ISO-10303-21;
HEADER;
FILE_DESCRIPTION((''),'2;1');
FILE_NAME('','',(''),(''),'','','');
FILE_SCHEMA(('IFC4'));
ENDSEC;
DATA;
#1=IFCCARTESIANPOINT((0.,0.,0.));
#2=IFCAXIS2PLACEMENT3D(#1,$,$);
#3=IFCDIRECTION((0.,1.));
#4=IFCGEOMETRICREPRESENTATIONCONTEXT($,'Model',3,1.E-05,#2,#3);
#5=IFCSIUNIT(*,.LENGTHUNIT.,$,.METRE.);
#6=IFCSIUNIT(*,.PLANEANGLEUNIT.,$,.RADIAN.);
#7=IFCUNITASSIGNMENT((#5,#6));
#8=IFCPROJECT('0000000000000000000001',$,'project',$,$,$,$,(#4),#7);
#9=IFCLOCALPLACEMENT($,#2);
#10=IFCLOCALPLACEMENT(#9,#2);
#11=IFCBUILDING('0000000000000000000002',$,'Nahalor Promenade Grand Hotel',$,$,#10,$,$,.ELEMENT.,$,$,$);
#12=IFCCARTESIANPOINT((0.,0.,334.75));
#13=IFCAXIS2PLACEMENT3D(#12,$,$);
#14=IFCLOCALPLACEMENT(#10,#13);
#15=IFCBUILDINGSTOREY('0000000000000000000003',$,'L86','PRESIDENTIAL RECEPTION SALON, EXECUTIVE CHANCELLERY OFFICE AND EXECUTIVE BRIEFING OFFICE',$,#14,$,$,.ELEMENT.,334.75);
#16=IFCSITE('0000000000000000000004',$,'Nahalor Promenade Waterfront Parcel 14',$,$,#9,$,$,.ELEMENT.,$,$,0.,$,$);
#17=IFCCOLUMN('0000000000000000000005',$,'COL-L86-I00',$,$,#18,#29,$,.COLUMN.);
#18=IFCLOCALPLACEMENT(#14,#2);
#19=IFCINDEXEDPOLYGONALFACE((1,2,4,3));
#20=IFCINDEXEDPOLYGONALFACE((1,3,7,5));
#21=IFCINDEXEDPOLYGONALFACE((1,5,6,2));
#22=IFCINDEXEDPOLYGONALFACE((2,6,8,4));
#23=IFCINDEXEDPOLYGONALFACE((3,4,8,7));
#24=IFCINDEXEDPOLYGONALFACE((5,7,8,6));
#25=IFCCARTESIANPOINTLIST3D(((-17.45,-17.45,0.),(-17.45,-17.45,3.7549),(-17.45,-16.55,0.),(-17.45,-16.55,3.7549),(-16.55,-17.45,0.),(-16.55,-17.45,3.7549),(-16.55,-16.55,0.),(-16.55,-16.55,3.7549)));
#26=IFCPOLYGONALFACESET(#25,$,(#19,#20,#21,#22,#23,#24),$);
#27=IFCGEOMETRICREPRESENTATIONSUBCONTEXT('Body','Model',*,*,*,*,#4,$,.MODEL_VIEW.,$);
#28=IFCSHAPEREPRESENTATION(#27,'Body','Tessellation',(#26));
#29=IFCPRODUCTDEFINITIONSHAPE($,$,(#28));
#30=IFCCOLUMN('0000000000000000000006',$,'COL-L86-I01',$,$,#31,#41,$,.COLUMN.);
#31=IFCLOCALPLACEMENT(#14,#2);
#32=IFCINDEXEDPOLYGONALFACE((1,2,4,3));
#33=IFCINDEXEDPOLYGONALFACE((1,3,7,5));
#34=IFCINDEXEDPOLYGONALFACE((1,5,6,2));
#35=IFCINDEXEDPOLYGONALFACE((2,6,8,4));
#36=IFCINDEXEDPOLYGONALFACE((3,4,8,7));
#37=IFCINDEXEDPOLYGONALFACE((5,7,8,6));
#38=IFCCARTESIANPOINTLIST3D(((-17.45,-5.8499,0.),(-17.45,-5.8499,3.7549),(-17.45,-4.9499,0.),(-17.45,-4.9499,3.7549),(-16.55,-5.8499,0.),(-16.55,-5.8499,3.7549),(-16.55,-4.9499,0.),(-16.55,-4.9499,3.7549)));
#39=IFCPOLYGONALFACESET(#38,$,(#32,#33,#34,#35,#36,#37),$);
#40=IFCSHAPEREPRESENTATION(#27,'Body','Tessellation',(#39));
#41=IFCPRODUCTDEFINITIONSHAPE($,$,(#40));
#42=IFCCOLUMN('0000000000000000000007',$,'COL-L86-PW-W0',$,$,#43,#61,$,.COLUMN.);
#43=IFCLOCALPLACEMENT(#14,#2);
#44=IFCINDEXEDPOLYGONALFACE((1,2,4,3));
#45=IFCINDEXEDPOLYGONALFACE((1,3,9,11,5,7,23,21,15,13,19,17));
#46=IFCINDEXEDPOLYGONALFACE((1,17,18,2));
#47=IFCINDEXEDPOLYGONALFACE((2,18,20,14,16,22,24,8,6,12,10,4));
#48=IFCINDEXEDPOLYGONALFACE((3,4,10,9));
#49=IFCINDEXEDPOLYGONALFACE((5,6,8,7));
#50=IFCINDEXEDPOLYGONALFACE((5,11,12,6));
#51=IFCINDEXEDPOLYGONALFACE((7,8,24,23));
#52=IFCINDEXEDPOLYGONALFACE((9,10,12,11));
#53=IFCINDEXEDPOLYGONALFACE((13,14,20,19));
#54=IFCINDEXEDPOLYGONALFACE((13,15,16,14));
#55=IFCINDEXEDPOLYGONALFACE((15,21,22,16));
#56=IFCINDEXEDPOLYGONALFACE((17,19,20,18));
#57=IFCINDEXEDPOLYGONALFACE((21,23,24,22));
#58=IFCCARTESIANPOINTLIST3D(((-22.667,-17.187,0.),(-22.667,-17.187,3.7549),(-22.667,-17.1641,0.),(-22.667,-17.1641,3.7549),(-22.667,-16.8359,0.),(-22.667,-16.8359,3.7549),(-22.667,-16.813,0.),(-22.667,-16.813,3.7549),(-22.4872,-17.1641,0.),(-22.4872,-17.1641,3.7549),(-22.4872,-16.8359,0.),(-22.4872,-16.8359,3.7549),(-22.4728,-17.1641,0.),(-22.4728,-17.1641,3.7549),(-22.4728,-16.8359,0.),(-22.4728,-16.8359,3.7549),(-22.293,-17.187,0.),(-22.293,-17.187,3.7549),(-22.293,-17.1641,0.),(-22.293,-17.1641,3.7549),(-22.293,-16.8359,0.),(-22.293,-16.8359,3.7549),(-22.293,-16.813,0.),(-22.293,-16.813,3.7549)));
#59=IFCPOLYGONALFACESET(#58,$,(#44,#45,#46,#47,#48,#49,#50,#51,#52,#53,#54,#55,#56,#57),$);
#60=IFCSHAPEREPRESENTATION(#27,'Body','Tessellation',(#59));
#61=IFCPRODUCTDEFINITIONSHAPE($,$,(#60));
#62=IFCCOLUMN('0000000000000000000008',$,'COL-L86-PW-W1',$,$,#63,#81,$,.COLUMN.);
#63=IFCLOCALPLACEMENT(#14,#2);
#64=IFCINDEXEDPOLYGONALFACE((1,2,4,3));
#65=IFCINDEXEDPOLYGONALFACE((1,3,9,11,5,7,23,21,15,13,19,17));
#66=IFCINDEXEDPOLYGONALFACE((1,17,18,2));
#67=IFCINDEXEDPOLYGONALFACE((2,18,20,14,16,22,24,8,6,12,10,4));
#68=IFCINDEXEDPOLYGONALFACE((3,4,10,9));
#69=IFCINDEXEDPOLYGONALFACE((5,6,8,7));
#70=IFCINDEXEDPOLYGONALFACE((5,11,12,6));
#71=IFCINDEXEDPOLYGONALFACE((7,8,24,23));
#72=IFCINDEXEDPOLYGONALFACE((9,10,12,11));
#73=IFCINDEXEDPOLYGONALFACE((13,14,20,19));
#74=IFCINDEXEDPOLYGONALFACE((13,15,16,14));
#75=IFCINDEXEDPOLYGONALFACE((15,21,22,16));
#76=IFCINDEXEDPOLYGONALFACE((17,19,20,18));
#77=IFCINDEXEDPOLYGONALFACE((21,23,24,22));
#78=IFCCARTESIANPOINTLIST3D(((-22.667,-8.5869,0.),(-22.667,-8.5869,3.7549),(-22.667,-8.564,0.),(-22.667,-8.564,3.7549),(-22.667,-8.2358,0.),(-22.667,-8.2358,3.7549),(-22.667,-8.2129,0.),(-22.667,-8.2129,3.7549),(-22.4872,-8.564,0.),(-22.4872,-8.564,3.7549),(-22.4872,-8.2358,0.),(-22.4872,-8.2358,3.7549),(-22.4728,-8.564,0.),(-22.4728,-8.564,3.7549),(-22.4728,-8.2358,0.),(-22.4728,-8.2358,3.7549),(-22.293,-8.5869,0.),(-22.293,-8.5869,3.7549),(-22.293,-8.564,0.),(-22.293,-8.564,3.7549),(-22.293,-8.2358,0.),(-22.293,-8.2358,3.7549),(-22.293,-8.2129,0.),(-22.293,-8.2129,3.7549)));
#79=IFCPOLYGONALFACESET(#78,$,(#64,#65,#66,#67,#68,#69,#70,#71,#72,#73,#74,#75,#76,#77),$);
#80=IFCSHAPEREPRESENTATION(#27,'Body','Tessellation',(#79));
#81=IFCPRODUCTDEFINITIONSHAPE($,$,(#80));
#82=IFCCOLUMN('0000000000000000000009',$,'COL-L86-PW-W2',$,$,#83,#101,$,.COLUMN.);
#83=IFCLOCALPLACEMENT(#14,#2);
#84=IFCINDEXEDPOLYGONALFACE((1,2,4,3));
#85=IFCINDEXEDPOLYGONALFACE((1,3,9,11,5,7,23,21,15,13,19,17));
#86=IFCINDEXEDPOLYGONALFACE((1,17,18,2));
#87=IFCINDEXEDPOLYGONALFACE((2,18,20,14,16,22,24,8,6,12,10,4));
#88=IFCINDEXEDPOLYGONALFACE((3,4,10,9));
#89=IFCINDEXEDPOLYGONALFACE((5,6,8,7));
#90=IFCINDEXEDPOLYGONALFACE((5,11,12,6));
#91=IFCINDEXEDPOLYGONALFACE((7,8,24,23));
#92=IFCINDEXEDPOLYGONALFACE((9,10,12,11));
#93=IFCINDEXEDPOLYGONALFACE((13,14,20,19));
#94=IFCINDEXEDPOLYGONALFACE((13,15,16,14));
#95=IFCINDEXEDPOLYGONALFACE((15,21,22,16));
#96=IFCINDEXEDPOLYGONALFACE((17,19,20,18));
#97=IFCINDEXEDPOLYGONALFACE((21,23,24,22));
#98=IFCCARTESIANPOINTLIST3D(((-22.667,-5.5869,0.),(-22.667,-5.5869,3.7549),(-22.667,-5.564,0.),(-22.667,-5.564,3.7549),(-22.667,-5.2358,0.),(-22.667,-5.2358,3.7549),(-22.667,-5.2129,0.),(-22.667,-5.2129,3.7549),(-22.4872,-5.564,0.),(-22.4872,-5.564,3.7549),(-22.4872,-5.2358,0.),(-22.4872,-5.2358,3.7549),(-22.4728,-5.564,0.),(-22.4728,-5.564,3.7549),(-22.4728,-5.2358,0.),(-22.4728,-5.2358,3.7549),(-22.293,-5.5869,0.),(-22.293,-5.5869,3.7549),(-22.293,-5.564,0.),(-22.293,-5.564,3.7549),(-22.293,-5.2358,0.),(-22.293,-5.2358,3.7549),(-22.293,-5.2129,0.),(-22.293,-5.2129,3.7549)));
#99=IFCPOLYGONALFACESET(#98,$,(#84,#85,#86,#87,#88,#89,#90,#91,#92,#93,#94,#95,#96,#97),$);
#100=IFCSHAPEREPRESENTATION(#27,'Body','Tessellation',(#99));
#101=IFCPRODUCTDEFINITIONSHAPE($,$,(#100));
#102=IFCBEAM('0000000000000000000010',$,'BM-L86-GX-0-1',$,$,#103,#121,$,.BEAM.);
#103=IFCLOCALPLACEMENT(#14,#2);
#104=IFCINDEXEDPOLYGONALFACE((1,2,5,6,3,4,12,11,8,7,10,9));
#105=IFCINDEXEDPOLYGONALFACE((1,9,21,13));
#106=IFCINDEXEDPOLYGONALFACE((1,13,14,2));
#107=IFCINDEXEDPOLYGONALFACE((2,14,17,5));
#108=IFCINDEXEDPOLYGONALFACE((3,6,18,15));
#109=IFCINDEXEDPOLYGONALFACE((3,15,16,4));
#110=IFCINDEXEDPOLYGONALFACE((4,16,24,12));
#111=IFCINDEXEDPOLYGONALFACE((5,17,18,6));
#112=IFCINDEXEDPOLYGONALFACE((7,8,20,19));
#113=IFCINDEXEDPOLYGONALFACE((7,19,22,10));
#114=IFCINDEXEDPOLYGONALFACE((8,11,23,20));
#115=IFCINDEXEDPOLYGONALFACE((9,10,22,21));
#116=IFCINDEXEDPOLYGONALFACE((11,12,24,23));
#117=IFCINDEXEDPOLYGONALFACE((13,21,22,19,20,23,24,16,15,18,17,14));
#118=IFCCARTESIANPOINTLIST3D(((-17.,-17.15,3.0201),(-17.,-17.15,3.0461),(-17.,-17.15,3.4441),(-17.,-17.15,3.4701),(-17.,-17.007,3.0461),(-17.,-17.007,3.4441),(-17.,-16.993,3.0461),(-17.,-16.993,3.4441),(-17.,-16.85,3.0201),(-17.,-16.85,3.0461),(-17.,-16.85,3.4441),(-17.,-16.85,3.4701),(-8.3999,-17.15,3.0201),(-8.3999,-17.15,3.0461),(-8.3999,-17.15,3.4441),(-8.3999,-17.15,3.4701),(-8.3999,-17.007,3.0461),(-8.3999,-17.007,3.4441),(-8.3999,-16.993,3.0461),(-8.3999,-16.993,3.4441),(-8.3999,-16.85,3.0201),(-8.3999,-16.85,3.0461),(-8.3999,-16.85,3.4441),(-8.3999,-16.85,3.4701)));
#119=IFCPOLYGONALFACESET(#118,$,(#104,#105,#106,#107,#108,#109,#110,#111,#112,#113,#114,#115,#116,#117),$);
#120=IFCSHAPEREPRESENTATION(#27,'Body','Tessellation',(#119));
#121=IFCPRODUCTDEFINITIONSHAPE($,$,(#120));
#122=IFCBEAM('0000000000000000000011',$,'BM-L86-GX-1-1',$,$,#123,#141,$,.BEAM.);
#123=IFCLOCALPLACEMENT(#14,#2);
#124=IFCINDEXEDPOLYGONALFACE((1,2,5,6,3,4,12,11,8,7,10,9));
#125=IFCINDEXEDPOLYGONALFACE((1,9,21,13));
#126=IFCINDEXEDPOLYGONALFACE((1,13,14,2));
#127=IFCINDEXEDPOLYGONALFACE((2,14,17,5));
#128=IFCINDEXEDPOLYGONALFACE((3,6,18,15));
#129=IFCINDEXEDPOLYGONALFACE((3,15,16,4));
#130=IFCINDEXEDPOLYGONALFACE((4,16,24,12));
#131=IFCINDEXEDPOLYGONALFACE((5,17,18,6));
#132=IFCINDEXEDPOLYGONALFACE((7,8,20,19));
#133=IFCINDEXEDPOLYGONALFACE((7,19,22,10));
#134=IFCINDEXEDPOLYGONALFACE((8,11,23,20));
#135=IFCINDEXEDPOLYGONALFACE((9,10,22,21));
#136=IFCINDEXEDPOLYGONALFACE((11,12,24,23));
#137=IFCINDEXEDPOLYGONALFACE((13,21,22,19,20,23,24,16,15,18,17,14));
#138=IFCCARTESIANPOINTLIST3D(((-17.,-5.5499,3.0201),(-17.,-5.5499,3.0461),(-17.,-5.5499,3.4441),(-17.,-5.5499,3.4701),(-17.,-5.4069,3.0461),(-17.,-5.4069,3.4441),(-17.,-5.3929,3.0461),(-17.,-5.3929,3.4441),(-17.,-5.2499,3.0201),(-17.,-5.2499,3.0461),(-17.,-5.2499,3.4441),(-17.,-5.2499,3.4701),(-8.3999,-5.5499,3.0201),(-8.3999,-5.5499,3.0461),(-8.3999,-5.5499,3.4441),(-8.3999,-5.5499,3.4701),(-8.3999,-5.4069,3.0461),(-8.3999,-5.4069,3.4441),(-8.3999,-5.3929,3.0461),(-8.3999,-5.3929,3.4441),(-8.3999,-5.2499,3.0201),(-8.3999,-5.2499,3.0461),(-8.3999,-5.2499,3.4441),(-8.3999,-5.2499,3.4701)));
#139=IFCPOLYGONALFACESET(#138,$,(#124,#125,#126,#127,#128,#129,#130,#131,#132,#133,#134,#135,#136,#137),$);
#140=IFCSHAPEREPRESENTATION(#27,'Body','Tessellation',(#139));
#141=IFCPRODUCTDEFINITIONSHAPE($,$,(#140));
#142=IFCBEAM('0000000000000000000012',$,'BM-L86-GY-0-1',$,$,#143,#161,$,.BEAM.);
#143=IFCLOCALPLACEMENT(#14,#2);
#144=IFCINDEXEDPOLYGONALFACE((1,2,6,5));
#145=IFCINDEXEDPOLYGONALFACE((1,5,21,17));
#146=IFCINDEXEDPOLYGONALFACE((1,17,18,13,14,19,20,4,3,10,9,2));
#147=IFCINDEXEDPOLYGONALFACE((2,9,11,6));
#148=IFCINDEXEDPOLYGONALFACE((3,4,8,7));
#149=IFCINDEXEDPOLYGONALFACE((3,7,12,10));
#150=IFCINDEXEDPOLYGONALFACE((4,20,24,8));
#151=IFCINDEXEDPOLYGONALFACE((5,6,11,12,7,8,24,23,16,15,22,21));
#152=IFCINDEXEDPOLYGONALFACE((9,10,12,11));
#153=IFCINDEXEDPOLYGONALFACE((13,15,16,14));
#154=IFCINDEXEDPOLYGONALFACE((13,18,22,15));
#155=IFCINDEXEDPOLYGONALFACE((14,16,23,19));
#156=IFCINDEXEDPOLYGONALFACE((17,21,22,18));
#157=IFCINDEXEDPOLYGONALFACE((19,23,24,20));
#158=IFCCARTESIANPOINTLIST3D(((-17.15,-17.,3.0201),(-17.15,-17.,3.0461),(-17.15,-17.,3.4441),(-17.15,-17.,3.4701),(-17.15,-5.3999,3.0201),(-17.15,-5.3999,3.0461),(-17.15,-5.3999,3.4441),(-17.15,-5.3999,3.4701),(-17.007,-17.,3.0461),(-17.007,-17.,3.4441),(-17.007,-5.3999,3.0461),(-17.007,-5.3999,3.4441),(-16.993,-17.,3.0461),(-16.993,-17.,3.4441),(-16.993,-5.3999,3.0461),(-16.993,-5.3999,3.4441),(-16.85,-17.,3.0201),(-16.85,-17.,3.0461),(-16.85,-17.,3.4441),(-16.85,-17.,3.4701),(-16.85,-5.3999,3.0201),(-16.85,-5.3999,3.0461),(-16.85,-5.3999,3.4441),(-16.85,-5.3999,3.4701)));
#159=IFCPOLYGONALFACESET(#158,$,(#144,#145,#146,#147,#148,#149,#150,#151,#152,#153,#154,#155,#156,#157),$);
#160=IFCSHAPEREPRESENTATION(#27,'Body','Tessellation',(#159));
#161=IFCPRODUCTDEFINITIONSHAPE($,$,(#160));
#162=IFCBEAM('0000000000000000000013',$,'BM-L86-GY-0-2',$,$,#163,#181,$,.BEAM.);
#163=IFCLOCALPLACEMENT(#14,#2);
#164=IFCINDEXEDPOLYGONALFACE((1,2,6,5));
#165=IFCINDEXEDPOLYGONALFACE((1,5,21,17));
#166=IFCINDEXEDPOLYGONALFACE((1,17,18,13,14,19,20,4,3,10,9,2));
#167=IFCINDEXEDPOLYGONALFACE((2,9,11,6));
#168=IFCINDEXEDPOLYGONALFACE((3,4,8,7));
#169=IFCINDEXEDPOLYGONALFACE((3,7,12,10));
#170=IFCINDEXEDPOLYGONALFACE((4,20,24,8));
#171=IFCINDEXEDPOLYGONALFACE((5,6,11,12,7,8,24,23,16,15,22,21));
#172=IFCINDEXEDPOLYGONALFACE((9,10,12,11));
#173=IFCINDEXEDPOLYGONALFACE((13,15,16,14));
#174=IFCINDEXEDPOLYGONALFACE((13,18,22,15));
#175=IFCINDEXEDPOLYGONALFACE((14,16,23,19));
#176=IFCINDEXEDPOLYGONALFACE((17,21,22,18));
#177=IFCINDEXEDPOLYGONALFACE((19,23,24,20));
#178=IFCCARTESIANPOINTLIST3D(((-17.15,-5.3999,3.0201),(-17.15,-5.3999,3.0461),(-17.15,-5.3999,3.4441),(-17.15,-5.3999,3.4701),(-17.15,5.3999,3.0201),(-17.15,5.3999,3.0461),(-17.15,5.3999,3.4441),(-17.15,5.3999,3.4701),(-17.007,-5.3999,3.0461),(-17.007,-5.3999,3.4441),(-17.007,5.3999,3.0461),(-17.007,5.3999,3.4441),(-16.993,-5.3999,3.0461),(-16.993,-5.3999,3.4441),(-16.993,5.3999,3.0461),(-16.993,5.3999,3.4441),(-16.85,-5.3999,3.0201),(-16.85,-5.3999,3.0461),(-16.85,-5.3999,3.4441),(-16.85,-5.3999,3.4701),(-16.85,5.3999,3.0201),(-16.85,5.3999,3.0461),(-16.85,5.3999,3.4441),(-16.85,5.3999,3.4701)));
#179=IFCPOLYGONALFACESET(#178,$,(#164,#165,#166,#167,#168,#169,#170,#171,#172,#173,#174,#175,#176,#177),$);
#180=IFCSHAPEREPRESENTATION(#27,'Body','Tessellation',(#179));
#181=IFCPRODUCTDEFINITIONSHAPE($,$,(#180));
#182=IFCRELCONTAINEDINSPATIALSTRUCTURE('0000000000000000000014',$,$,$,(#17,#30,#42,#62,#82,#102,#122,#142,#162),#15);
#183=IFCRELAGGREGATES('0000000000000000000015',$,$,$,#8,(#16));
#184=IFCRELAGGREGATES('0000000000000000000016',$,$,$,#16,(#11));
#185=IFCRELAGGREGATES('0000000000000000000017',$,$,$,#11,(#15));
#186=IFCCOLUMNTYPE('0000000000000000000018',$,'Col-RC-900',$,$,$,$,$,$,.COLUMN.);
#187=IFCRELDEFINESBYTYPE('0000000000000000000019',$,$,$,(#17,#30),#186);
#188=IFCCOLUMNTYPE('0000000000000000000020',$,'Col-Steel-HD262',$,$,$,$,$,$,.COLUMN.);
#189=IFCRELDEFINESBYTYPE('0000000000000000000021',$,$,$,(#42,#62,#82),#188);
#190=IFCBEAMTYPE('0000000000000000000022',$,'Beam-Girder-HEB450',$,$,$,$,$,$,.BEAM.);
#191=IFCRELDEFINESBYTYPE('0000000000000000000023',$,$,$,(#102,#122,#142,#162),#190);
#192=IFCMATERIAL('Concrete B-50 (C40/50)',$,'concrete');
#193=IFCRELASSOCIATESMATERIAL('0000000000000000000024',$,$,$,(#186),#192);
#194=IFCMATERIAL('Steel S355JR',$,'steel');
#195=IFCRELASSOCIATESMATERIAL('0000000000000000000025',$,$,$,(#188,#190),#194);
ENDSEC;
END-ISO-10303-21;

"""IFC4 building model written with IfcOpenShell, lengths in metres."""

from ifc_helpers import new_model, si_unit, direction, frame, origin, origin_2d, place, context, subcontext, project, spatial, rectangle, i_section, extrude, source, transform, mapped, material, material_profile, profile_set, type_object, element, save


model = new_model("IFC4")

# Units and contexts
model_context = context("Model", 3, precision=1e-05, world=origin(), true_north=direction((0.0, 1.0)))
body_context = subcontext(model_context, "Body", "Model", "MODEL_VIEW")
ifc_project = project(units=[si_unit("LENGTHUNIT", "METRE"), si_unit("PLANEANGLEUNIT", "RADIAN")], contexts=[model_context])

# Site, building, storey
site_placement = place(None, origin())
site = spatial("IfcSite", under=ifc_project, at=site_placement, Name="Nahalor Promenade Waterfront Parcel 14", CompositionType="ELEMENT", RefElevation=0.0)
building_placement = place(site_placement, origin())
building = spatial("IfcBuilding", under=site, at=building_placement, Name="Nahalor Promenade Grand Hotel", CompositionType="ELEMENT")
storey_placement = place(building_placement, frame((0.0, 0.0, 334.75)))
storey = spatial("IfcBuildingStorey", under=building, at=storey_placement, Name="L86", Description="PRESIDENTIAL RECEPTION SALON, EXECUTIVE CHANCELLERY OFFICE AND EXECUTIVE BRIEFING OFFICE", CompositionType="ELEMENT", Elevation=334.75)

# Columns
ifc_material_1 = material(Name="Concrete B-50 (C40/50)", Category="concrete")
ifc_material_profile_1 = material_profile(ifc_material_1, rectangle(XDim=0.9, YDim=0.9, at=origin_2d()), Name="RC 900x900")
ifc_profile_set_1 = profile_set([ifc_material_profile_1], Name="Concrete B-50 (C40/50)")
column_type_1 = type_object("IfcColumnType", Name="Col-RC-900", PredefinedType="COLUMN", material=ifc_profile_set_1)
shared_shape_1 = source(origin(), body_context, "Body", "SweptSolid", [
    extrude(rectangle(XDim=0.9, YDim=0.9, at=origin_2d()), origin(), (0.0, 0.0, 1.0), 3.7549),
])
for number, where, z_axis, x_axis, name in (
    (1, (-17.0, -17.0, 0.0), (0.0, 0.0, 1.0), (1.0, 0.0, 0.0), "COL-L86-I00"),
    (2, (-17.0, -5.3999, 0.0), (0.0, 0.0, 1.0), (1.0, 0.0, 0.0), "COL-L86-I01"),
):
    element("IfcColumn", number, at=place(storey_placement, frame(where, z_axis=z_axis, x_axis=x_axis)), inside=storey, type_object=column_type_1, Name=name, PredefinedType="COLUMN", context=body_context, shape_type="MappedRepresentation", body=[
        mapped(shared_shape_1, transform((0.0, 0.0, 0.0), scale=1.0)),
    ])
ifc_material_2 = material(Name="Steel S355JR", Category="steel")
ifc_material_profile_2 = material_profile(ifc_material_2, i_section(OverallWidth=0.374, OverallDepth=0.374, WebThickness=0.0144, FlangeThickness=0.0229, at=origin_2d()), Name="HD 360x262")
ifc_profile_set_2 = profile_set([ifc_material_profile_2], Name="Steel S355JR")
column_type_2 = type_object("IfcColumnType", Name="Col-Steel-HD262", PredefinedType="COLUMN", material=ifc_profile_set_2)
shared_shape_2 = source(origin(), body_context, "Body", "SweptSolid", [
    extrude(i_section(OverallWidth=0.374, OverallDepth=0.374, WebThickness=0.0144, FlangeThickness=0.0229, at=origin_2d()), origin(), (0.0, 0.0, 1.0), 3.7549),
])
for number, where, z_axis, x_axis, name in (
    (3, (-22.48, -17.0, 0.0), (0.0, 0.0, 1.0), (1.0, 0.0, 0.0), "COL-L86-PW-W0"),
    (4, (-22.48, -8.3999, 0.0), (0.0, 0.0, 1.0), (1.0, 0.0, 0.0), "COL-L86-PW-W1"),
    (5, (-22.48, -5.3999, 0.0), (0.0, 0.0, 1.0), (1.0, 0.0, 0.0), "COL-L86-PW-W2"),
):
    element("IfcColumn", number, at=place(storey_placement, frame(where, z_axis=z_axis, x_axis=x_axis)), inside=storey, type_object=column_type_2, Name=name, PredefinedType="COLUMN", context=body_context, shape_type="MappedRepresentation", body=[
        mapped(shared_shape_2, transform((0.0, 0.0, 0.0), scale=1.0)),
    ])

# Beams
ifc_material_profile_3 = material_profile(ifc_material_2, i_section(OverallWidth=0.3, OverallDepth=0.45, WebThickness=0.014, FlangeThickness=0.026, at=origin_2d()), Name="HEB 450")
ifc_profile_set_3 = profile_set([ifc_material_profile_3], Name="Steel S355JR")
beam_type_1 = type_object("IfcBeamType", Name="Beam-Girder-HEB450", PredefinedType="BEAM", material=ifc_profile_set_3)
shared_shape_3 = source(origin(), body_context, "Body", "SweptSolid", [
    extrude(i_section(OverallWidth=0.3, OverallDepth=0.45, WebThickness=0.014, FlangeThickness=0.026, at=origin_2d()), origin(), (0.0, 0.0, 1.0), 8.6001),
])
for number, where, z_axis, x_axis, name in (
    (6, (-17.0, -17.0, 3.2451), (1.0, 0.0, 0.0), (0.0, 1.0, 0.0), "BM-L86-GX-0-1"),
    (7, (-17.0, -5.3999, 3.2451), (1.0, 0.0, 0.0), (0.0, 1.0, 0.0), "BM-L86-GX-1-1"),
):
    element("IfcBeam", number, at=place(storey_placement, frame(where, z_axis=z_axis, x_axis=x_axis)), inside=storey, type_object=beam_type_1, Name=name, PredefinedType="BEAM", context=body_context, shape_type="MappedRepresentation", body=[
        mapped(shared_shape_3, transform((0.0, 0.0, 0.0), scale=1.0)),
    ])
shared_shape_4 = source(origin(), body_context, "Body", "SweptSolid", [
    extrude(i_section(OverallWidth=0.3, OverallDepth=0.45, WebThickness=0.014, FlangeThickness=0.026, at=origin_2d()), origin(), (0.0, 0.0, 1.0), 11.6001),
])
beam_1_placement = place(storey_placement, frame((-17.0, -17.0, 3.2451), z_axis=(0.0, 1.0, 0.0), x_axis=(-1.0, 0.0, 0.0)))
element("IfcBeam", 8, at=beam_1_placement, inside=storey, type_object=beam_type_1, Name="BM-L86-GY-0-1", PredefinedType="BEAM", context=body_context, shape_type="MappedRepresentation", body=[
    mapped(shared_shape_4, transform((0.0, 0.0, 0.0), scale=1.0)),
])
shared_shape_5 = source(origin(), body_context, "Body", "SweptSolid", [
    extrude(i_section(OverallWidth=0.3, OverallDepth=0.45, WebThickness=0.014, FlangeThickness=0.026, at=origin_2d()), origin(), (0.0, 0.0, 1.0), 10.7998),
])
beam_2_placement = place(storey_placement, frame((-17.0, -5.3999, 3.2451), z_axis=(0.0, 1.0, 0.0), x_axis=(-1.0, 0.0, 0.0)))
element("IfcBeam", 9, at=beam_2_placement, inside=storey, type_object=beam_type_1, Name="BM-L86-GY-0-2", PredefinedType="BEAM", context=body_context, shape_type="MappedRepresentation", body=[
    mapped(shared_shape_5, transform((0.0, 0.0, 0.0), scale=1.0)),
])

save(model, "model.ifc")
